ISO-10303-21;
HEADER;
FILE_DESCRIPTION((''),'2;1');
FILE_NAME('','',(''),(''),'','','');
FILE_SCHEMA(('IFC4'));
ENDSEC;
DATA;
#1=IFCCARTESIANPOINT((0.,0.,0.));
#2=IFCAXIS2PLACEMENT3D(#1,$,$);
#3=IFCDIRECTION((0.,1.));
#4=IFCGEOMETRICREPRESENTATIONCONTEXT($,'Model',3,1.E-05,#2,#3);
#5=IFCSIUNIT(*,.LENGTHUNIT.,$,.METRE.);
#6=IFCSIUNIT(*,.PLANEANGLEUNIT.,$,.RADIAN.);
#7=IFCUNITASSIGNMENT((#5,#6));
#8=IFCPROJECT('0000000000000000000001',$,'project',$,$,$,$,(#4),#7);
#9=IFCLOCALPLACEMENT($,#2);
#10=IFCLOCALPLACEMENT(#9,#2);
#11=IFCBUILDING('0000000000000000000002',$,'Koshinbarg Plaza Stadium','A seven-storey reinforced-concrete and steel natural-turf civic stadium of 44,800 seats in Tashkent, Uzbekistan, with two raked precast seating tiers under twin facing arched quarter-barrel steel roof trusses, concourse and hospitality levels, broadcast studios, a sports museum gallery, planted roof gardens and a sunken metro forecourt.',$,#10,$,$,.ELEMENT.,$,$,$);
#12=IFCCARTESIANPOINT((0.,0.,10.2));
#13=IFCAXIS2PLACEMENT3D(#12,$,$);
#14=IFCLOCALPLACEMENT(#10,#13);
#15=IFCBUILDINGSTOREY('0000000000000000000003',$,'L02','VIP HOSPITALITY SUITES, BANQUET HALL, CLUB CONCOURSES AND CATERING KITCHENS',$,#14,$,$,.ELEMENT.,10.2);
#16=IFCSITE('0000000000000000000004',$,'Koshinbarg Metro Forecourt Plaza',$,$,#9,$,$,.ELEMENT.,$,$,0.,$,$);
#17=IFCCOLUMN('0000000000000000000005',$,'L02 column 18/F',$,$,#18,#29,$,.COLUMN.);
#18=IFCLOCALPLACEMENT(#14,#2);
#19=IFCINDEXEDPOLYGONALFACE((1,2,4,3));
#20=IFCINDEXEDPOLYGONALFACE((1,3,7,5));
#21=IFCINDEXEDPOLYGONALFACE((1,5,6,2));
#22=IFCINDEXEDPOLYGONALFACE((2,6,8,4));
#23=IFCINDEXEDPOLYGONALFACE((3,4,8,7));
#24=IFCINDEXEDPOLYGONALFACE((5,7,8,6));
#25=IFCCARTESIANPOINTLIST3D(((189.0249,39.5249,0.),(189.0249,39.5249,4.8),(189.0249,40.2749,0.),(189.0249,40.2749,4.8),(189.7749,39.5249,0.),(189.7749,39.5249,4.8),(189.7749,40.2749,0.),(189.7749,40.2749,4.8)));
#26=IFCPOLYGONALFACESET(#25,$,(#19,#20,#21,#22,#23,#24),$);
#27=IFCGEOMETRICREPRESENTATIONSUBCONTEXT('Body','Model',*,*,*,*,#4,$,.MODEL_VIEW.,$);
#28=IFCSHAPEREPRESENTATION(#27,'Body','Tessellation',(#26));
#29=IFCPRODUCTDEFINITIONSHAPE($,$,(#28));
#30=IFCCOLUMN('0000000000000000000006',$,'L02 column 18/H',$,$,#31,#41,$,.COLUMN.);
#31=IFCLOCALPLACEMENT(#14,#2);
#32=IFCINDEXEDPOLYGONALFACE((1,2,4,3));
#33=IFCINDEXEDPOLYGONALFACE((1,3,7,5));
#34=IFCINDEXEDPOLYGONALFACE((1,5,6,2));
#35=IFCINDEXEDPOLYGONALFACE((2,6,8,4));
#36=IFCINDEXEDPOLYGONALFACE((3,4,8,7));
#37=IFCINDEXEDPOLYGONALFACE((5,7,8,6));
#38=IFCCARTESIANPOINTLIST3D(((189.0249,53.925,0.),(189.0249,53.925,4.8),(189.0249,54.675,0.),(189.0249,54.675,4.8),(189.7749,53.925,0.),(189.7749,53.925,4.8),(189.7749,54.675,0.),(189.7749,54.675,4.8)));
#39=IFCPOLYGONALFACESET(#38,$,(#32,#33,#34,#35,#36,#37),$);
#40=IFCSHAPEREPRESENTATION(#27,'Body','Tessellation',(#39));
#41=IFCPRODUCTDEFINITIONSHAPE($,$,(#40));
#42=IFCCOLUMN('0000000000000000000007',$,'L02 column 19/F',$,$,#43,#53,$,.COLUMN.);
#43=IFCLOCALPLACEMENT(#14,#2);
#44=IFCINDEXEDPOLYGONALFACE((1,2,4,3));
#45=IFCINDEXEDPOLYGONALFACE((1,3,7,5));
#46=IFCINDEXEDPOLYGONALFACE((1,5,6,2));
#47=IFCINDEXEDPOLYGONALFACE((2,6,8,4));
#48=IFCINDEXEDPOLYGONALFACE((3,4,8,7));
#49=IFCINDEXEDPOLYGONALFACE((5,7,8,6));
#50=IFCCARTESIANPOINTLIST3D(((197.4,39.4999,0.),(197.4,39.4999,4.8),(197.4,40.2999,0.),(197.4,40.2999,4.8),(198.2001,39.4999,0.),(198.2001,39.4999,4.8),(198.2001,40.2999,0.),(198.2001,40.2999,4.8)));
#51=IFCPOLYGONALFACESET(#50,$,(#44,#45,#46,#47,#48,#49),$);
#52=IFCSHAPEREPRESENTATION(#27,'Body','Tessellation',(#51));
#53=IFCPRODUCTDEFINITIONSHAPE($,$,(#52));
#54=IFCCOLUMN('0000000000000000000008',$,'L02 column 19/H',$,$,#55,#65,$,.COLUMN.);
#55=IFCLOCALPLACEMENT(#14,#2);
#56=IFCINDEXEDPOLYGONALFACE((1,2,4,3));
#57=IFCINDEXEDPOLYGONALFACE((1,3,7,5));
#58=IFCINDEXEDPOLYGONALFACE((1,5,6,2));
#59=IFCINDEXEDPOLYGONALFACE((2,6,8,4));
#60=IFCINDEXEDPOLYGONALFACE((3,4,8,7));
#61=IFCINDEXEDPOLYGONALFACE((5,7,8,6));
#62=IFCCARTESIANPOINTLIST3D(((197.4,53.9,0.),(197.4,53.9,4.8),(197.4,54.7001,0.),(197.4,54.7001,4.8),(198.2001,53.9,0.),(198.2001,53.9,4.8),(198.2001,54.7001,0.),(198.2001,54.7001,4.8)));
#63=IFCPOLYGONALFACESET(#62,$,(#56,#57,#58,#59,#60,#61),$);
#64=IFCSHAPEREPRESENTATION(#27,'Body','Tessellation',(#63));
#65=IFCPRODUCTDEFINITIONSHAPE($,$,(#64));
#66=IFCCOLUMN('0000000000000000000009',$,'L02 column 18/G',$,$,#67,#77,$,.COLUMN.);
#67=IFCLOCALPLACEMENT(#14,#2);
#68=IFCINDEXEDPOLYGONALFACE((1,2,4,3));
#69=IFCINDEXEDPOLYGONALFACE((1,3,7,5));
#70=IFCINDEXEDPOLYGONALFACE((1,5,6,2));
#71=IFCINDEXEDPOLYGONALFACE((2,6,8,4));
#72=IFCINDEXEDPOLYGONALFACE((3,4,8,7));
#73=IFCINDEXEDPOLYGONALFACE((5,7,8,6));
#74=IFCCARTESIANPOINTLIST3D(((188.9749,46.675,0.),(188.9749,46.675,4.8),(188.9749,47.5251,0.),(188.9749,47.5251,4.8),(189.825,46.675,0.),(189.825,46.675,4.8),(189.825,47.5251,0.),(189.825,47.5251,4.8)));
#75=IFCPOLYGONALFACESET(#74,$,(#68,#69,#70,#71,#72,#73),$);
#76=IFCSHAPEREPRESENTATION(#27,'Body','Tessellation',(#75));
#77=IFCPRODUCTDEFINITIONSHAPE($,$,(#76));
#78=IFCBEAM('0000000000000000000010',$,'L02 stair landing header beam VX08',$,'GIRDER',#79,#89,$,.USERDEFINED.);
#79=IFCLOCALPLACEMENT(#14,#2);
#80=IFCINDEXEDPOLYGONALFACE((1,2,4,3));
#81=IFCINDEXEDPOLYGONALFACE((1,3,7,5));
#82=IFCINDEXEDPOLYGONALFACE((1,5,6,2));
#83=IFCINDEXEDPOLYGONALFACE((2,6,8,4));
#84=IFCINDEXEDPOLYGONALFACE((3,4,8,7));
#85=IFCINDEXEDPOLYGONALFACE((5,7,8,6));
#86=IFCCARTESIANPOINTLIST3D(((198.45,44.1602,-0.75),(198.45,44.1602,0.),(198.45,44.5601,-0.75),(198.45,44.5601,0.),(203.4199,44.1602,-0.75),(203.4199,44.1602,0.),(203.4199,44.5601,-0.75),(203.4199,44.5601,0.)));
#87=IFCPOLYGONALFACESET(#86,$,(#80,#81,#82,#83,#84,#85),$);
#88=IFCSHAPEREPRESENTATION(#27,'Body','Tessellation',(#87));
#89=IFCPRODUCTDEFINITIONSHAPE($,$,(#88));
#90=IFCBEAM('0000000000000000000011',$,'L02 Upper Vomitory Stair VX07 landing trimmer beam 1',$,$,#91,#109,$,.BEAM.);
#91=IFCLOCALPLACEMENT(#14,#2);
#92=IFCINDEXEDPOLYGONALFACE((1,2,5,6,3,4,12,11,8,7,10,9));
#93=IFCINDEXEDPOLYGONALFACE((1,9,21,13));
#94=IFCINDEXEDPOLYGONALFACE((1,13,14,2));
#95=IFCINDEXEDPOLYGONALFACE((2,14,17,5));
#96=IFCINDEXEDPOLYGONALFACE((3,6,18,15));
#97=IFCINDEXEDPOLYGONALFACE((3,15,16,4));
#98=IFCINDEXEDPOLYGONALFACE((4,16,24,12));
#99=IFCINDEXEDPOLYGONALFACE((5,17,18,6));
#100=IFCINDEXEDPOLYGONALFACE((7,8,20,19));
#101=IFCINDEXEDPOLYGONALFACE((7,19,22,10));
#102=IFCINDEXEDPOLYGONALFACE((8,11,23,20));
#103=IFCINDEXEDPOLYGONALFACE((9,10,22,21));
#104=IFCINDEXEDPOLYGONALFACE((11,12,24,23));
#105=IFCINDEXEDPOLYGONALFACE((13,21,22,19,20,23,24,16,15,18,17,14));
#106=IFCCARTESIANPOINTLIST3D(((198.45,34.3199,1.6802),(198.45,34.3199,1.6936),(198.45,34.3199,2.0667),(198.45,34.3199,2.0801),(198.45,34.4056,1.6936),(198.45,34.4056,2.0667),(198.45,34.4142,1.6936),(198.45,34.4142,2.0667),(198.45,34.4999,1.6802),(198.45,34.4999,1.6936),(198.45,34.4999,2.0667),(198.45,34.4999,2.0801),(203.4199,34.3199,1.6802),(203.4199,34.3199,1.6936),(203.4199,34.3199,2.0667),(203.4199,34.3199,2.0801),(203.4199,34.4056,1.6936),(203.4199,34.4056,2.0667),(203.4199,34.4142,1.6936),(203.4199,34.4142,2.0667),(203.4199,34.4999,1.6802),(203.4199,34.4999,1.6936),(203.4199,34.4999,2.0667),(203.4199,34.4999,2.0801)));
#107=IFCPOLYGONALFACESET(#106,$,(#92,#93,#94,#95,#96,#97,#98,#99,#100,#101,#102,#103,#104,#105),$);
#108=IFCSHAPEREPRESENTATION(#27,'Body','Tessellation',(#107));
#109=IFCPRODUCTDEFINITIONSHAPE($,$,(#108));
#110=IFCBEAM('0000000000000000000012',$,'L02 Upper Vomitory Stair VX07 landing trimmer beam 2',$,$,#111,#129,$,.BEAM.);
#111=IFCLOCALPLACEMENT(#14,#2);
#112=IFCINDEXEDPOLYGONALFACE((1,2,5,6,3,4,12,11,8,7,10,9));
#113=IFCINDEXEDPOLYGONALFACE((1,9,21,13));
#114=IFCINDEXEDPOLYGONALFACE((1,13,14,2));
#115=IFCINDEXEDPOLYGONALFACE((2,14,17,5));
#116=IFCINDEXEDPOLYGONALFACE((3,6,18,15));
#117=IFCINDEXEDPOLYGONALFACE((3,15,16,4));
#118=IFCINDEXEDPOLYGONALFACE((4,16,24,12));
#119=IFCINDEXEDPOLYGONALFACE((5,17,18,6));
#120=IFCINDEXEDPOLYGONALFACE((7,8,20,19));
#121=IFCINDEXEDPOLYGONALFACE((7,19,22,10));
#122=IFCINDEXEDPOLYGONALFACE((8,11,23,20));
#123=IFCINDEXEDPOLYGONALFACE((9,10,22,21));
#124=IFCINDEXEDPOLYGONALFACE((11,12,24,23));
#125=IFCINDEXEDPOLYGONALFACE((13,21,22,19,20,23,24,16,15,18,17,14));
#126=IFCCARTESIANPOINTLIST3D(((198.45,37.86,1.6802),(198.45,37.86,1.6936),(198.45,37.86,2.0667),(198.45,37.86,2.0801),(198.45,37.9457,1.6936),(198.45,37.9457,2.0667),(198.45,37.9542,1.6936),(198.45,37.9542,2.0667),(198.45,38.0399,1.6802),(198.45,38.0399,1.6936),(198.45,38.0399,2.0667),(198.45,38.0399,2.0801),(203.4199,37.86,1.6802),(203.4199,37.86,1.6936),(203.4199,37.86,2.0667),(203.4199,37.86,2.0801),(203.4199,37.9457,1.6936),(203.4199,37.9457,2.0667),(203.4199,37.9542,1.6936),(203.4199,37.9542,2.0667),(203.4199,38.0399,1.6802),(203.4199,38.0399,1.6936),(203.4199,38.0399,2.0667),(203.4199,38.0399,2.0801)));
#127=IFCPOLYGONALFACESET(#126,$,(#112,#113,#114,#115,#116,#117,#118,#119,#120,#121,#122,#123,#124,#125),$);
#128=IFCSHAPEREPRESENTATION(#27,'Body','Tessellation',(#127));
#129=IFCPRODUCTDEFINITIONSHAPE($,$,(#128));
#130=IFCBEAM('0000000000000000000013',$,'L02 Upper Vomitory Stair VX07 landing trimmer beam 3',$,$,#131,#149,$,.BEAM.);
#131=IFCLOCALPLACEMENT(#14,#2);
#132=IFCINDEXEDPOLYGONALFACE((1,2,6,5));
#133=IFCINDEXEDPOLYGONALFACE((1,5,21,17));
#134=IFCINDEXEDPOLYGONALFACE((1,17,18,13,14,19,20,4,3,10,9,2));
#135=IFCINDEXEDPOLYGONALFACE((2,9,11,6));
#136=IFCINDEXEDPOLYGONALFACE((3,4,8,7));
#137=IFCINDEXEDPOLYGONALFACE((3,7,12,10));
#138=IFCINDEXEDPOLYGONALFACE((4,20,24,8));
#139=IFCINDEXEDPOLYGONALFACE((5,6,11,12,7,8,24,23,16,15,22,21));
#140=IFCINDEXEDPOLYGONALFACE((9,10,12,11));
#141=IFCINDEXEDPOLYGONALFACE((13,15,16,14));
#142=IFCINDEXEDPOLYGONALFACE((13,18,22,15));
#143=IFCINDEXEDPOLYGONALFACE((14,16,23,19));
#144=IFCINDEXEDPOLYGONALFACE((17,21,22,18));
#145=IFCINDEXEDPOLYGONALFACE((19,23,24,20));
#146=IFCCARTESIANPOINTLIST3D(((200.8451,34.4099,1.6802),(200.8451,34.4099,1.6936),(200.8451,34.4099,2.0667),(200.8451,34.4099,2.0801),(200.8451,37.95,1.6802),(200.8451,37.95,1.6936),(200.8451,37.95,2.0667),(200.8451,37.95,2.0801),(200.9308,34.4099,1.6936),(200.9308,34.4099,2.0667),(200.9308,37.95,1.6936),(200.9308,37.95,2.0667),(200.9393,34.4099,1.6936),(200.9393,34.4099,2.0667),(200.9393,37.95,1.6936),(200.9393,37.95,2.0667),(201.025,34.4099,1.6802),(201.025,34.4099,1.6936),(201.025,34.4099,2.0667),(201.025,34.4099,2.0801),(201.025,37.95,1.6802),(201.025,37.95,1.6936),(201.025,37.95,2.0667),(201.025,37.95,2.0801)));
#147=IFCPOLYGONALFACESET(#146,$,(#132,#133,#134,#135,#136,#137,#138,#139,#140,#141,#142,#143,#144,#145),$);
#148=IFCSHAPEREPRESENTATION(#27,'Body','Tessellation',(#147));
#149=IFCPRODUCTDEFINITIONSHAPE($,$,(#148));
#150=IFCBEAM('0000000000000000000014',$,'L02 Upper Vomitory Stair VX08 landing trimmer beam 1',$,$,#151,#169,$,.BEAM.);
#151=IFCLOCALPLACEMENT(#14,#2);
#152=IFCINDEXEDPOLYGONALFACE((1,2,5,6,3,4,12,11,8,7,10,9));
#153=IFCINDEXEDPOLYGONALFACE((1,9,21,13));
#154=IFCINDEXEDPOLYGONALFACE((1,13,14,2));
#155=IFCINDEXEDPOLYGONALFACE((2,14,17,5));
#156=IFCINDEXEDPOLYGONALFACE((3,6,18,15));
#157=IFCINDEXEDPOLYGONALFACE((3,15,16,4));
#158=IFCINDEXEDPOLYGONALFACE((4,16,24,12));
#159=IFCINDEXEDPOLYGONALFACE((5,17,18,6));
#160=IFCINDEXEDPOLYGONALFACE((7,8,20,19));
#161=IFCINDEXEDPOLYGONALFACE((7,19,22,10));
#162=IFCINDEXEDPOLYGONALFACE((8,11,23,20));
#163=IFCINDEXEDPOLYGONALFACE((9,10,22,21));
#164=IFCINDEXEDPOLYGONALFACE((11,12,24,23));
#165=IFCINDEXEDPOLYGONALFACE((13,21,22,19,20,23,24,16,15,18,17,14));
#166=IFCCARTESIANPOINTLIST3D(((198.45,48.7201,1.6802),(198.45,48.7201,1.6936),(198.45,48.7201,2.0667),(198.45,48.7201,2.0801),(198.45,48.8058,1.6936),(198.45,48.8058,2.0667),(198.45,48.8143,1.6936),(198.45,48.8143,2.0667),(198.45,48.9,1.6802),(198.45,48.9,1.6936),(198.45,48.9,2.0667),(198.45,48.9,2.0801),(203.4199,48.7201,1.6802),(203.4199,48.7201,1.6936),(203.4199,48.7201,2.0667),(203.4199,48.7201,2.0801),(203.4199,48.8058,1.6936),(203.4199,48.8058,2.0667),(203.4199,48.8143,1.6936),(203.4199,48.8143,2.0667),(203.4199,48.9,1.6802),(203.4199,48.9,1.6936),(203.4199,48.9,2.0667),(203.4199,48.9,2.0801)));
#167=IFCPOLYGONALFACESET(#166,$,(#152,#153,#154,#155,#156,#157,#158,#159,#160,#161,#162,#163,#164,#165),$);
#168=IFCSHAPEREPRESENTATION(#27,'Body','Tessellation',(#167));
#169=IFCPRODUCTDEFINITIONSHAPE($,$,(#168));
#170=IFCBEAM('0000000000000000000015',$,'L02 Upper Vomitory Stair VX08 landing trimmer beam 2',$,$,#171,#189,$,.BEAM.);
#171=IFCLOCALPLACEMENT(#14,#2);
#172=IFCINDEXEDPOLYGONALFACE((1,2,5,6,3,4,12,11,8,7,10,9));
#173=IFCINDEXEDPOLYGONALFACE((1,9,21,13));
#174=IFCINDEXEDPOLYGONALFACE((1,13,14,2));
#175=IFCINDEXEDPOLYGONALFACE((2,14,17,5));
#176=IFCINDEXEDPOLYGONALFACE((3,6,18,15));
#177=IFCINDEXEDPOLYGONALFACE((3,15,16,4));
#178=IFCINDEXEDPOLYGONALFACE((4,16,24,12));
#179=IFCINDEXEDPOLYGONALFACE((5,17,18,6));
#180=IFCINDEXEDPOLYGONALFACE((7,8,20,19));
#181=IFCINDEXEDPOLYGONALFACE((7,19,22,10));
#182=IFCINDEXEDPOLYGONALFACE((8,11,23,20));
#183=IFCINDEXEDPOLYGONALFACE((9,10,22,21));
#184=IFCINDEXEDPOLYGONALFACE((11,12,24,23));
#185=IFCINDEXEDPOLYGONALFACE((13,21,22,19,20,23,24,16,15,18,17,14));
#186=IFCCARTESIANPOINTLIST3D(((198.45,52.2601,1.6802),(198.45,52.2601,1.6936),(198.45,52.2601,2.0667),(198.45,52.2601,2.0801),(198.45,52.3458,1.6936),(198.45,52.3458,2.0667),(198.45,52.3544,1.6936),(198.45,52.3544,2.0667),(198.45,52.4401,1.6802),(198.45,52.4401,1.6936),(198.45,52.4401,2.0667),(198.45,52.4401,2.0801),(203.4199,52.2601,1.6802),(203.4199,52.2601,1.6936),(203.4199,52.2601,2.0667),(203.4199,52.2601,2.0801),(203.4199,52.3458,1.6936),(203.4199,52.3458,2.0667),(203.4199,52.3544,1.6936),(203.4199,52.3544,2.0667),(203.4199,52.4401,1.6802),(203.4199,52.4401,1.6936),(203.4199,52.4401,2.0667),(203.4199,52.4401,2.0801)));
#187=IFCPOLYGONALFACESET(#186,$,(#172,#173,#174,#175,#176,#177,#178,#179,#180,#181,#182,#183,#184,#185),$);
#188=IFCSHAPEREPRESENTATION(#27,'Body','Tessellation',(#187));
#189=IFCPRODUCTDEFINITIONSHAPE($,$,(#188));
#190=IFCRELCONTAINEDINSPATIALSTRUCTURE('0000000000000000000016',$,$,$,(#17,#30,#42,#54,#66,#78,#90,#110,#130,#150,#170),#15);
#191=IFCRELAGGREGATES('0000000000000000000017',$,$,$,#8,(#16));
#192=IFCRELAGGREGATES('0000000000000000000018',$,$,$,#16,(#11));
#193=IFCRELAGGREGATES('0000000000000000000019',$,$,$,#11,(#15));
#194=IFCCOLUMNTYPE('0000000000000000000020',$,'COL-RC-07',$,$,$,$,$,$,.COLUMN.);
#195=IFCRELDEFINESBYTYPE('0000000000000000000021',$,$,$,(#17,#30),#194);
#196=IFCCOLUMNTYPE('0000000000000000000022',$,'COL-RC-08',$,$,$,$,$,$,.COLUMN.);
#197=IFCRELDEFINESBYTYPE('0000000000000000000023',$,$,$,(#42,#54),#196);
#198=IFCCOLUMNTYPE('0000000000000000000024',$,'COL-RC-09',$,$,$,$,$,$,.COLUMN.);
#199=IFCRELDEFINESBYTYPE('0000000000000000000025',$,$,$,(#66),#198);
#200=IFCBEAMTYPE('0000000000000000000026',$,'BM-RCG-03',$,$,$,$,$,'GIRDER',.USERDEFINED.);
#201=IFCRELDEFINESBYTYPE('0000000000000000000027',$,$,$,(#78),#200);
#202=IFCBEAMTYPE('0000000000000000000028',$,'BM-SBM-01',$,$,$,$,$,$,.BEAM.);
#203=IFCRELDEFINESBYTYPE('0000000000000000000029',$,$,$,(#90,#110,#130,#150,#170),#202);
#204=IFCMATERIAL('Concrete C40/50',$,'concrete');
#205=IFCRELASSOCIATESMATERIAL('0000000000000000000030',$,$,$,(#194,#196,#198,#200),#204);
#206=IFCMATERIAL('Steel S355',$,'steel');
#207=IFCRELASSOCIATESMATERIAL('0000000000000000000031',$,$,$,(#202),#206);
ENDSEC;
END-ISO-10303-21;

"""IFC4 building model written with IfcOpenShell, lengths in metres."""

from ifc_helpers import new_model, si_unit, direction, frame, origin, origin_2d, place, context, subcontext, project, spatial, rectangle, i_section, extrude, material, material_profile, profile_set, type_object, element, save


model = new_model("IFC4")

# Units and contexts
model_context = context("Model", 3, precision=1e-05, world=origin(), true_north=direction((0.0, 1.0)))
body_context = subcontext(model_context, "Body", "Model", "MODEL_VIEW")
ifc_project = project(units=[si_unit("LENGTHUNIT", "METRE"), si_unit("PLANEANGLEUNIT", "RADIAN")], contexts=[model_context])

# Site, building, storey
site_placement = place(None, origin())
site = spatial("IfcSite", under=ifc_project, at=site_placement, Name="Koshinbarg Metro Forecourt Plaza", CompositionType="ELEMENT", RefElevation=0.0)
building_placement = place(site_placement, origin())
building = spatial("IfcBuilding", under=site, at=building_placement, Name="Koshinbarg Plaza Stadium", Description="A seven-storey reinforced-concrete and steel natural-turf civic stadium of 44,800 seats in Tashkent, Uzbekistan, with two raked precast seating tiers under twin facing arched quarter-barrel steel roof trusses, concourse and hospitality levels, broadcast studios, a sports museum gallery, planted roof gardens and a sunken metro forecourt.", CompositionType="ELEMENT")
storey_placement = place(building_placement, frame((0.0, 0.0, 10.2)))
storey = spatial("IfcBuildingStorey", under=building, at=storey_placement, Name="L02", Description="VIP HOSPITALITY SUITES, BANQUET HALL, CLUB CONCOURSES AND CATERING KITCHENS", CompositionType="ELEMENT", Elevation=10.2)

# Columns
ifc_material_1 = material(Name="Concrete C40/50", Category="concrete")
ifc_material_profile_1 = material_profile(ifc_material_1, rectangle(XDim=0.75, YDim=0.75, at=origin_2d()), Name="RC 750x750")
ifc_profile_set_1 = profile_set([ifc_material_profile_1], Name="Concrete C40/50")
column_type_1 = type_object("IfcColumnType", Name="COL-RC-07", PredefinedType="COLUMN", material=ifc_profile_set_1)
for number, where, z_axis, x_axis, name in (
    (1, (189.3999, 39.8999, 0.0), (0.0, 0.0, 1.0), (1.0, 0.0, 0.0), "L02 column 18/F"),
    (2, (189.3999, 54.3, 0.0), (0.0, 0.0, 1.0), (1.0, 0.0, 0.0), "L02 column 18/H"),
):
    element("IfcColumn", number, at=place(storey_placement, frame(where, z_axis=z_axis, x_axis=x_axis)), inside=storey, type_object=column_type_1, Name=name, PredefinedType="COLUMN", context=body_context, shape_type="SweptSolid", body=[
        extrude(rectangle(XDim=0.75, YDim=0.75, at=origin_2d()), origin(), (0.0, 0.0, 1.0), 4.8),
    ])
ifc_material_profile_2 = material_profile(ifc_material_1, rectangle(XDim=0.8, YDim=0.8, at=origin_2d()), Name="RC 800x800")
ifc_profile_set_2 = profile_set([ifc_material_profile_2], Name="Concrete C40/50")
column_type_2 = type_object("IfcColumnType", Name="COL-RC-08", PredefinedType="COLUMN", material=ifc_profile_set_2)
for number, where, z_axis, x_axis, name in (
    (3, (197.8, 39.8999, 0.0), (0.0, 0.0, 1.0), (1.0, 0.0, 0.0), "L02 column 19/F"),
    (4, (197.8, 54.3, 0.0), (0.0, 0.0, 1.0), (1.0, 0.0, 0.0), "L02 column 19/H"),
):
    element("IfcColumn", number, at=place(storey_placement, frame(where, z_axis=z_axis, x_axis=x_axis)), inside=storey, type_object=column_type_2, Name=name, PredefinedType="COLUMN", context=body_context, shape_type="SweptSolid", body=[
        extrude(rectangle(XDim=0.8, YDim=0.8, at=origin_2d()), origin(), (0.0, 0.0, 1.0), 4.8),
    ])
ifc_material_profile_3 = material_profile(ifc_material_1, rectangle(XDim=0.8501, YDim=0.8501, at=origin_2d()), Name="RC 850x850")
ifc_profile_set_3 = profile_set([ifc_material_profile_3], Name="Concrete C40/50")
column_type_3 = type_object("IfcColumnType", Name="COL-RC-09", PredefinedType="COLUMN", material=ifc_profile_set_3)
column_placement = place(storey_placement, frame((189.3999, 47.1001, 0.0), z_axis=(0.0, 0.0, 1.0), x_axis=(1.0, 0.0, 0.0)))
element("IfcColumn", 5, at=column_placement, inside=storey, type_object=column_type_3, Name="L02 column 18/G", PredefinedType="COLUMN", context=body_context, shape_type="SweptSolid", body=[
    extrude(rectangle(XDim=0.8501, YDim=0.8501, at=origin_2d()), origin(), (0.0, 0.0, 1.0), 4.8),
])

# Beams
ifc_material_profile_4 = material_profile(ifc_material_1, rectangle(XDim=0.3999, YDim=0.75, at=origin_2d()), Name="RC 400x750")
ifc_profile_set_4 = profile_set([ifc_material_profile_4], Name="Concrete C40/50")
beam_type_1 = type_object("IfcBeamType", Name="BM-RCG-03", ElementType="GIRDER", PredefinedType="USERDEFINED", material=ifc_profile_set_4)
beam_1_placement = place(storey_placement, frame((198.45, 44.3601, -0.375), z_axis=(1.0, 0.0, 0.0), x_axis=(0.0, 1.0, 0.0)))
element("IfcBeam", 6, at=beam_1_placement, inside=storey, type_object=beam_type_1, Name="L02 stair landing header beam VX08", ObjectType="GIRDER", PredefinedType="USERDEFINED", context=body_context, shape_type="SweptSolid", body=[
    extrude(rectangle(XDim=0.3999, YDim=0.75, at=origin_2d()), origin(), (0.0, 0.0, 1.0), 4.97),
])
ifc_material_2 = material(Name="Steel S355", Category="steel")
ifc_material_profile_5 = material_profile(ifc_material_2, i_section(OverallWidth=0.1799, OverallDepth=0.3999, WebThickness=0.0085, FlangeThickness=0.0134, at=origin_2d()), Name="IPE 400")
ifc_profile_set_5 = profile_set([ifc_material_profile_5], Name="Steel S355")
beam_type_2 = type_object("IfcBeamType", Name="BM-SBM-01", PredefinedType="BEAM", material=ifc_profile_set_5)
for number, where, z_axis, x_axis, name in (
    (7, (198.45, 34.4099, 1.8801), (1.0, 0.0, 0.0), (0.0, 1.0, 0.0), "L02 Upper Vomitory Stair VX07 landing trimmer beam 1"),
    (8, (198.45, 37.95, 1.8801), (1.0, 0.0, 0.0), (0.0, 1.0, 0.0), "L02 Upper Vomitory Stair VX07 landing trimmer beam 2"),
):
    element("IfcBeam", number, at=place(storey_placement, frame(where, z_axis=z_axis, x_axis=x_axis)), inside=storey, type_object=beam_type_2, Name=name, PredefinedType="BEAM", context=body_context, shape_type="SweptSolid", body=[
        extrude(i_section(OverallWidth=0.1799, OverallDepth=0.3999, WebThickness=0.0085, FlangeThickness=0.0134, at=origin_2d()), origin(), (0.0, 0.0, 1.0), 4.97),
    ])
beam_2_placement = place(storey_placement, frame((200.9351, 34.4099, 1.8801), z_axis=(0.0, 1.0, 0.0), x_axis=(-1.0, 0.0, 0.0)))
element("IfcBeam", 9, at=beam_2_placement, inside=storey, type_object=beam_type_2, Name="L02 Upper Vomitory Stair VX07 landing trimmer beam 3", PredefinedType="BEAM", context=body_context, shape_type="SweptSolid", body=[
    extrude(i_section(OverallWidth=0.1799, OverallDepth=0.3999, WebThickness=0.0085, FlangeThickness=0.0134, at=origin_2d()), origin(), (0.0, 0.0, 1.0), 3.54),
])
for number, where, z_axis, x_axis, name in (
    (10, (198.45, 48.8101, 1.8801), (1.0, 0.0, 0.0), (0.0, 1.0, 0.0), "L02 Upper Vomitory Stair VX08 landing trimmer beam 1"),
    (11, (198.45, 52.3501, 1.8801), (1.0, 0.0, 0.0), (0.0, 1.0, 0.0), "L02 Upper Vomitory Stair VX08 landing trimmer beam 2"),
):
    element("IfcBeam", number, at=place(storey_placement, frame(where, z_axis=z_axis, x_axis=x_axis)), inside=storey, type_object=beam_type_2, Name=name, PredefinedType="BEAM", context=body_context, shape_type="SweptSolid", body=[
        extrude(i_section(OverallWidth=0.1799, OverallDepth=0.3999, WebThickness=0.0085, FlangeThickness=0.0134, at=origin_2d()), origin(), (0.0, 0.0, 1.0), 4.97),
    ])

save(model, "model.ifc")
